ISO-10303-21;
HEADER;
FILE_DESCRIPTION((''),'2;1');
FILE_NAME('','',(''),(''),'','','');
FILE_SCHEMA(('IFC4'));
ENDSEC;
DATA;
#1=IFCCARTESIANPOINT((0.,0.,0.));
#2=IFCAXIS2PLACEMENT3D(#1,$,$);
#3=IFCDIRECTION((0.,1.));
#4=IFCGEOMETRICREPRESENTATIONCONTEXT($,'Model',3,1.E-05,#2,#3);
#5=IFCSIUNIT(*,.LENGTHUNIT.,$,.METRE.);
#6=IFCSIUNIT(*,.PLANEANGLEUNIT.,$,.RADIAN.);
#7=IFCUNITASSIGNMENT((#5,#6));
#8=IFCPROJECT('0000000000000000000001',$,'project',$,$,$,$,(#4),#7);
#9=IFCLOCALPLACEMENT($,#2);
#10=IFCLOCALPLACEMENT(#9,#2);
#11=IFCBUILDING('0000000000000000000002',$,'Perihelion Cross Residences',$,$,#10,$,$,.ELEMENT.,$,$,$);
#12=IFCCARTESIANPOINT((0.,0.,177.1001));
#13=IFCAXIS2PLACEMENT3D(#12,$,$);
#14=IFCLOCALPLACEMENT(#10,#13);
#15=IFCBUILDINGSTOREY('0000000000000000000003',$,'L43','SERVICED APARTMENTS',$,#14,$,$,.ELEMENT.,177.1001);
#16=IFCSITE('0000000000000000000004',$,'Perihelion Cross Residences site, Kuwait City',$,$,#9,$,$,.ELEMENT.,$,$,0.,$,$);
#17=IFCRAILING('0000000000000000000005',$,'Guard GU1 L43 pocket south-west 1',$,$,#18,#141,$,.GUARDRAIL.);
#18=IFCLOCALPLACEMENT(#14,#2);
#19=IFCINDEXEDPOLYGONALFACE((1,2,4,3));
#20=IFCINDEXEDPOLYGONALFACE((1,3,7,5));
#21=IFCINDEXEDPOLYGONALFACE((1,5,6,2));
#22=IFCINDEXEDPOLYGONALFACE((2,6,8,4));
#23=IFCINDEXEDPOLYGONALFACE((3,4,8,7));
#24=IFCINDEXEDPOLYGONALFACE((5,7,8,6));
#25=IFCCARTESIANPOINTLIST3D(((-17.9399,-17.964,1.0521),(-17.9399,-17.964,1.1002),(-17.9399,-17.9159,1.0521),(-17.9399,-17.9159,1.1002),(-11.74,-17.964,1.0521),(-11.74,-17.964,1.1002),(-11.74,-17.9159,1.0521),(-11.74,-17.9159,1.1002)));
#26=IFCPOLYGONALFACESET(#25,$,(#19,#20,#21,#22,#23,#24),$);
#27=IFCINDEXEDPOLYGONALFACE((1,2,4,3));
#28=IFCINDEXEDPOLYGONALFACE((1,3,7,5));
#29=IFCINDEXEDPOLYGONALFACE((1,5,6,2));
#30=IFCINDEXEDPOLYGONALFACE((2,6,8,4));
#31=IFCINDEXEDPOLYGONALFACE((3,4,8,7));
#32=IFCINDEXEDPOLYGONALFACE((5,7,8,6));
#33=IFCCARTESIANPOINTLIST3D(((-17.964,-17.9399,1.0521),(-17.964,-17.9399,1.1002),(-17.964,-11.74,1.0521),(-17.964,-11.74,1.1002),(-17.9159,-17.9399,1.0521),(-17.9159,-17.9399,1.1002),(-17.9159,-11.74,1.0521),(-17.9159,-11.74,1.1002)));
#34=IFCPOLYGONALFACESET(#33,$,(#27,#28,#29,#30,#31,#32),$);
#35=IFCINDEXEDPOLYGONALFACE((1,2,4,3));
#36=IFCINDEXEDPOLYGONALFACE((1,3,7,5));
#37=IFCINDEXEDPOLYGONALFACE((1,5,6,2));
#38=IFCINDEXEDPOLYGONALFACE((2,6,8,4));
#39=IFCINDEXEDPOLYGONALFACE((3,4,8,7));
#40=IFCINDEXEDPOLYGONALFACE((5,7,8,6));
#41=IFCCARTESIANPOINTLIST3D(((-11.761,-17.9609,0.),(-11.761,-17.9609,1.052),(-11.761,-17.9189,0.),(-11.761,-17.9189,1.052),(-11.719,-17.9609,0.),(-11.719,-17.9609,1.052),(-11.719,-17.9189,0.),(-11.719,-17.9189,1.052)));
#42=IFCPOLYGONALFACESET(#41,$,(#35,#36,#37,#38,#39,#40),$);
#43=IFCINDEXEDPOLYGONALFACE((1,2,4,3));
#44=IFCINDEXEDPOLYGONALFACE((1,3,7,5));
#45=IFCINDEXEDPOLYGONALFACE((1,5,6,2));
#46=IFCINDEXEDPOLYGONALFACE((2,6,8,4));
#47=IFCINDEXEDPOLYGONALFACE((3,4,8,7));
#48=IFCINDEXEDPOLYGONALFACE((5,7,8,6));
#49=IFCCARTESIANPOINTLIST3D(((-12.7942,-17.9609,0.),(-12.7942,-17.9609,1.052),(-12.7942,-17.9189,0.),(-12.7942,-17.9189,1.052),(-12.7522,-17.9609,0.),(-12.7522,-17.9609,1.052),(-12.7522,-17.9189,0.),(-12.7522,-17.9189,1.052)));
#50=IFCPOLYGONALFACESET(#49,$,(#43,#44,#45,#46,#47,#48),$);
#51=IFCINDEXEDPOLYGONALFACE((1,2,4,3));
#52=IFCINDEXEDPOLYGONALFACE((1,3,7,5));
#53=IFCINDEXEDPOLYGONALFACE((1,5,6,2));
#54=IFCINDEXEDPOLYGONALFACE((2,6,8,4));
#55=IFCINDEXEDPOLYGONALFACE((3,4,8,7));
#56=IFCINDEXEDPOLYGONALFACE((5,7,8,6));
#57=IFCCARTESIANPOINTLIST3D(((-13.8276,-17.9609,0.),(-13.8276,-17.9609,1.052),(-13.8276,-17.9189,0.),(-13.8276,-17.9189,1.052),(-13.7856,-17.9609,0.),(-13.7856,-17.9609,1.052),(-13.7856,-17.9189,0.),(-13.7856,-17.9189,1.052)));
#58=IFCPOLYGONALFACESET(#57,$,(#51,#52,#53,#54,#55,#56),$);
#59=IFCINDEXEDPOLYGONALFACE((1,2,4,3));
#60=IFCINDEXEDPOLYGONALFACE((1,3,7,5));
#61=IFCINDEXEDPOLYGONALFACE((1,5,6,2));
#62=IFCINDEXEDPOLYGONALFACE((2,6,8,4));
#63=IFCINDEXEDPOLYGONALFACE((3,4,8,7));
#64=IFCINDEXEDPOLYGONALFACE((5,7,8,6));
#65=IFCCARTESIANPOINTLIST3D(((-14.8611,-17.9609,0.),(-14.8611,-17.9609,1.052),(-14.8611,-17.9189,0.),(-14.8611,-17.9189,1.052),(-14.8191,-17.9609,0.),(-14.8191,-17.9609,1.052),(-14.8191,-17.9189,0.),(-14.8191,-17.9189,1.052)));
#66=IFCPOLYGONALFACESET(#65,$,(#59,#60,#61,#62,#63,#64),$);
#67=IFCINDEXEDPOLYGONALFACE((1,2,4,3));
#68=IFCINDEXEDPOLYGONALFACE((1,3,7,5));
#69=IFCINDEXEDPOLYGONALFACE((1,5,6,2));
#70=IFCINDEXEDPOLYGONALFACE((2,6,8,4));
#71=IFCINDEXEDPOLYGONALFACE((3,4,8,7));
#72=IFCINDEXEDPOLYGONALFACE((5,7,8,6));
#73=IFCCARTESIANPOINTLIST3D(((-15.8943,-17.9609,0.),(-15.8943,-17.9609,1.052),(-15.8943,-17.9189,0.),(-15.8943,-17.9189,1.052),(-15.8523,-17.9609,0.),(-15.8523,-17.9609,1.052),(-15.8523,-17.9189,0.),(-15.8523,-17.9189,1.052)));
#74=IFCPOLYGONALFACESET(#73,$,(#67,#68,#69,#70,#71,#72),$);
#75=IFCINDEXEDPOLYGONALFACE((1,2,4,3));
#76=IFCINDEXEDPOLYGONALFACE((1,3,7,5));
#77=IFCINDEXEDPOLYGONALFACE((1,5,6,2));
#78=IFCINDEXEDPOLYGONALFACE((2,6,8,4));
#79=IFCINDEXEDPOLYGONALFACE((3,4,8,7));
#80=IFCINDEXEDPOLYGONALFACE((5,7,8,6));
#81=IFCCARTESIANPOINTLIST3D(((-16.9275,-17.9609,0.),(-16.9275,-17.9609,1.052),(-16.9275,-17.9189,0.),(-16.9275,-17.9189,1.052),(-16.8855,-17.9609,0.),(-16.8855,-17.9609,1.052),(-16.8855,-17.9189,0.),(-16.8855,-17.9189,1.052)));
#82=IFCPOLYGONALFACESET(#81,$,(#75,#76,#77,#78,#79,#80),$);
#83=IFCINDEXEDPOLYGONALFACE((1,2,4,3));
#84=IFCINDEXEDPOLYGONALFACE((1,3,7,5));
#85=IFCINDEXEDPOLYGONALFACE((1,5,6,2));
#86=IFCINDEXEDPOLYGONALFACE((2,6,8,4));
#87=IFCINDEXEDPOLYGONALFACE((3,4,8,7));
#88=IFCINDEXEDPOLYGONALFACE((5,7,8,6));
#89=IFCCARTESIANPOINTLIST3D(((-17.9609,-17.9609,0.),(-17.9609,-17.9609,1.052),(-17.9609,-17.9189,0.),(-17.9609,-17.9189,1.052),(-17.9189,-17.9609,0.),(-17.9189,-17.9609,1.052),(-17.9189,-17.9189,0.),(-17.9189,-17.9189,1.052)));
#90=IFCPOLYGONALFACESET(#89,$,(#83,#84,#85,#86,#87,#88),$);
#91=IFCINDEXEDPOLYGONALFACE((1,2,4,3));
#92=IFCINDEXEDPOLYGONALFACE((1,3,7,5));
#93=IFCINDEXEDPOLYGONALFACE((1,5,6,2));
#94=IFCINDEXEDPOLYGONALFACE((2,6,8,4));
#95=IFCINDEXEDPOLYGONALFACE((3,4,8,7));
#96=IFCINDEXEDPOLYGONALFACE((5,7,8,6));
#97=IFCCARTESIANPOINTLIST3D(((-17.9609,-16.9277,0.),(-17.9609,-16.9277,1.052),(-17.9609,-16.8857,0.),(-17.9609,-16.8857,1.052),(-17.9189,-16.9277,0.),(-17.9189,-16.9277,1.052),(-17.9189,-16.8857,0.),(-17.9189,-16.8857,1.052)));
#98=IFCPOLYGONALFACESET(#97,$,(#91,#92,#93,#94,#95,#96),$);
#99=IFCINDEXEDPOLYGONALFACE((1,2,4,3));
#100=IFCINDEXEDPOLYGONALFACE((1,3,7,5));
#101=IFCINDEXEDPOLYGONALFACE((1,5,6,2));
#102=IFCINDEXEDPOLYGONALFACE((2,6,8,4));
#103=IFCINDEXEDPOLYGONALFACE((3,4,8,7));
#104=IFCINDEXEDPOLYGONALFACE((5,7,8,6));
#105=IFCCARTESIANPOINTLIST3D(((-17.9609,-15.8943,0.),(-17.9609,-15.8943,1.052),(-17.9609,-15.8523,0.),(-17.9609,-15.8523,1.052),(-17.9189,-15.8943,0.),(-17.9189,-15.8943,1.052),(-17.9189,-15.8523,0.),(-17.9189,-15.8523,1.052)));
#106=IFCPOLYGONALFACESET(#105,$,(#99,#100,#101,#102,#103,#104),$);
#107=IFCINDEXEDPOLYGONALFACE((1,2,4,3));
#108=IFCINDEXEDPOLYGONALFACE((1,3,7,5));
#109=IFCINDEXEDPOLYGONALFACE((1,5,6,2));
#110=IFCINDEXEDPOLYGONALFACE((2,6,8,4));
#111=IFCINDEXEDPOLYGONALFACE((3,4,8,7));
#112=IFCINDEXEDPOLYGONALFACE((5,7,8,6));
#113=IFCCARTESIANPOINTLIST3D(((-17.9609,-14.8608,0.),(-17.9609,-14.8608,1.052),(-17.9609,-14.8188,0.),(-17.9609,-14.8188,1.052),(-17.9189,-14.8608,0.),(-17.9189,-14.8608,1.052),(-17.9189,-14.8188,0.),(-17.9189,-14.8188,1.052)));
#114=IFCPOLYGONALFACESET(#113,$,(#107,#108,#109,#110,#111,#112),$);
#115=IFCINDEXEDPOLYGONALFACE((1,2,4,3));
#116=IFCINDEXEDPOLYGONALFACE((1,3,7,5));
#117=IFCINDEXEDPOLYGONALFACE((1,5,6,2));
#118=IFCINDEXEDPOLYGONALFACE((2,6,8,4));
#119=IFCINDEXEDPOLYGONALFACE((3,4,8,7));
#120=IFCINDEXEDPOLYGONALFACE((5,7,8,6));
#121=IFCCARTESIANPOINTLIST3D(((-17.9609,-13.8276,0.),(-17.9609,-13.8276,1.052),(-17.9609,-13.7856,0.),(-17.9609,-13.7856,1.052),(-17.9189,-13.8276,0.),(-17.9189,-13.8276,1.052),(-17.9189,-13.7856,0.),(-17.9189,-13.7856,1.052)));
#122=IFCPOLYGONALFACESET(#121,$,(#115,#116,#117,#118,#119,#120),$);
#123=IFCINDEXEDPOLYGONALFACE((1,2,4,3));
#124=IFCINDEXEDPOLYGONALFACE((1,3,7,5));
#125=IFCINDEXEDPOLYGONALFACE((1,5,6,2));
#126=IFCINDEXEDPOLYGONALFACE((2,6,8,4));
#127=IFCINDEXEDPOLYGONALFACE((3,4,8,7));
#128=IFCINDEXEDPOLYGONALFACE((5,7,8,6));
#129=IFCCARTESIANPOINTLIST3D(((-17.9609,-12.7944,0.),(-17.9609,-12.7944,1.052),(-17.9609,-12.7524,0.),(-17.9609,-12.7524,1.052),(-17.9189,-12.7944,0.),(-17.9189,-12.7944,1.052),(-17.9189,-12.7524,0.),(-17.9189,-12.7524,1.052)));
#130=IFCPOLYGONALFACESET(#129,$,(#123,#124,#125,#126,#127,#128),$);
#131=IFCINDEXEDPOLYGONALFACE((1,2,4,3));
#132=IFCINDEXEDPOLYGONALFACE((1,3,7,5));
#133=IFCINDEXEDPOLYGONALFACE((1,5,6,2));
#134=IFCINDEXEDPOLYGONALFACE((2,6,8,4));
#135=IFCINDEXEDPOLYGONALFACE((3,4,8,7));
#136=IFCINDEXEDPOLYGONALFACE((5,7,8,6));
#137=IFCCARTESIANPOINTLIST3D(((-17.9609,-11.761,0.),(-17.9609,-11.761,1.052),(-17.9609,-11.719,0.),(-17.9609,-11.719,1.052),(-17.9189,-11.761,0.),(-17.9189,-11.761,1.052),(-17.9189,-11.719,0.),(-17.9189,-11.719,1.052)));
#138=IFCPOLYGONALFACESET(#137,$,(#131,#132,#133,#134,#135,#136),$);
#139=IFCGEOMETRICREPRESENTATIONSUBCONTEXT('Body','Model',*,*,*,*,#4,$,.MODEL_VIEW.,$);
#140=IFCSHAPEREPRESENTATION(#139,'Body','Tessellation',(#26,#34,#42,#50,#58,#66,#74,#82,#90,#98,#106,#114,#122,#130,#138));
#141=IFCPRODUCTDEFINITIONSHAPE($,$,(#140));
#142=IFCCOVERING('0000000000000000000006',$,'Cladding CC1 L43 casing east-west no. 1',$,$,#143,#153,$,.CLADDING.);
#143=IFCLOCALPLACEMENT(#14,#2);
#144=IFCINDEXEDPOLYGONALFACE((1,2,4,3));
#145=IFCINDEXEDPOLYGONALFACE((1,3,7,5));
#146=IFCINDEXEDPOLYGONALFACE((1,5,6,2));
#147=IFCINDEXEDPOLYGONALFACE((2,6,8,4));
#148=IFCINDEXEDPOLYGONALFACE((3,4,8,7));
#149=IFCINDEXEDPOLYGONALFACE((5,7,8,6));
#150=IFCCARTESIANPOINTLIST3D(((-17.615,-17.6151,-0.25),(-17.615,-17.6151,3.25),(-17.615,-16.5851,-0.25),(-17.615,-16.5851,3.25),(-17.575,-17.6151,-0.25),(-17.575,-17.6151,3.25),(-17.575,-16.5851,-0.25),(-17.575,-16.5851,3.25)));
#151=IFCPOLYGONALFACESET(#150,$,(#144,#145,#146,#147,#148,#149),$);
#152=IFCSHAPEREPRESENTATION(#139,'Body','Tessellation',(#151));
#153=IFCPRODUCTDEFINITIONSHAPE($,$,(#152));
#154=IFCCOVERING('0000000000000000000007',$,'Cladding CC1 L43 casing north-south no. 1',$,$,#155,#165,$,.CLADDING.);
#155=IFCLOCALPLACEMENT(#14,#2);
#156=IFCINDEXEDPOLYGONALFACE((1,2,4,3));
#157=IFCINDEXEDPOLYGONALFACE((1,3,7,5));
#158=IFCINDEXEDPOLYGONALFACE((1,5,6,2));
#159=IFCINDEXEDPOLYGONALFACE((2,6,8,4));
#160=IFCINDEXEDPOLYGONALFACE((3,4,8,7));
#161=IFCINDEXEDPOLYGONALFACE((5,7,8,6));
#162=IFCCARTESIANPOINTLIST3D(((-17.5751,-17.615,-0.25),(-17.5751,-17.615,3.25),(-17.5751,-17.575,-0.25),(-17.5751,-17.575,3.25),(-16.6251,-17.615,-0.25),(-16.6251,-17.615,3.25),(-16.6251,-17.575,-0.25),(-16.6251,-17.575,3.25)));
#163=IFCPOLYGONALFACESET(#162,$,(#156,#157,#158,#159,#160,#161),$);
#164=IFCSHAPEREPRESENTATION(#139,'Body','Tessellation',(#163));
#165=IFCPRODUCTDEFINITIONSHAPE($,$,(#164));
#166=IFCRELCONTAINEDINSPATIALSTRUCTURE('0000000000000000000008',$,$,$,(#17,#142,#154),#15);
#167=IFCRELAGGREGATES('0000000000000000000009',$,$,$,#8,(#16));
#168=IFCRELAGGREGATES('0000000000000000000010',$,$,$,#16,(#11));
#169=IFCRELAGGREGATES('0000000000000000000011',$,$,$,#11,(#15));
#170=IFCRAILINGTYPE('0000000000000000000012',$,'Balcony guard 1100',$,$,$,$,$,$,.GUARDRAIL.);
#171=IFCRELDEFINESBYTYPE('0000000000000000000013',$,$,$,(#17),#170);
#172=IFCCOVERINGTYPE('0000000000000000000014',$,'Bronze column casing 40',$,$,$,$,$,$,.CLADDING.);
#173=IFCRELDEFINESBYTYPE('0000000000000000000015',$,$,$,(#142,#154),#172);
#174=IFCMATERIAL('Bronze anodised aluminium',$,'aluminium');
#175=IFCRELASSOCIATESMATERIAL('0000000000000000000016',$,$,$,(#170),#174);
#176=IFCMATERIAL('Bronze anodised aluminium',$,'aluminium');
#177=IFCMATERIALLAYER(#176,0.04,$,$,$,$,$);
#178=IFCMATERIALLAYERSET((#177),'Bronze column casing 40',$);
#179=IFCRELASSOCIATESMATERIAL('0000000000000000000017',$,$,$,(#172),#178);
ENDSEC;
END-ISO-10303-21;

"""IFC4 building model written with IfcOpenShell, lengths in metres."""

from ifc_helpers import new_model, si_unit, direction, frame, origin, origin_2d, place, context, subcontext, project, spatial, rectangle, extrude, material, layer, layer_set, type_object, element, save


model = new_model("IFC4")

# Units and contexts
model_context = context("Model", 3, precision=1e-05, world=origin(), true_north=direction((0.0, 1.0)))
body_context = subcontext(model_context, "Body", "Model", "MODEL_VIEW")
ifc_project = project(units=[si_unit("LENGTHUNIT", "METRE"), si_unit("PLANEANGLEUNIT", "RADIAN")], contexts=[model_context])

# Site, building, storey
site_placement = place(None, origin())
site = spatial("IfcSite", under=ifc_project, at=site_placement, Name="Perihelion Cross Residences site, Kuwait City", CompositionType="ELEMENT", RefElevation=0.0)
building_placement = place(site_placement, origin())
building = spatial("IfcBuilding", under=site, at=building_placement, Name="Perihelion Cross Residences", CompositionType="ELEMENT")
storey_placement = place(building_placement, frame((0.0, 0.0, 177.1001)))
storey = spatial("IfcBuildingStorey", under=building, at=storey_placement, Name="L43", Description="SERVICED APARTMENTS", CompositionType="ELEMENT", Elevation=177.1001)

# Railing
ifc_material_1 = material(Name="Bronze anodised aluminium", Category="aluminium")
railing_type = type_object("IfcRailingType", Name="Balcony guard 1100", PredefinedType="GUARDRAIL", material=ifc_material_1)
railing_placement = place(storey_placement, frame((-11.74, -17.9399, 0.0)))
element("IfcRailing", 1, at=railing_placement, inside=storey, type_object=railing_type, Name="Guard GU1 L43 pocket south-west 1", PredefinedType="GUARDRAIL", context=body_context, shape_type="SweptSolid", body=[
    extrude(rectangle(XDim=0.0481, YDim=0.0481, at=origin_2d()), frame((0.0, 0.0, 1.0762), z_axis=(-1.0, 0.0, 0.0), x_axis=(0.0, -1.0, 0.0)), (0.0, 0.0, 1.0), 6.2),
    extrude(rectangle(XDim=0.0481, YDim=0.0481, at=origin_2d()), frame((-6.2, 0.0, 1.0762), z_axis=(0.0, 1.0, 0.0), x_axis=(-1.0, 0.0, 0.0)), (0.0, 0.0, 1.0), 6.2),
    extrude(rectangle(XDim=0.042, YDim=0.042, at=origin_2d()), origin(), (0.0, 0.0, 1.0), 1.052),
    extrude(rectangle(XDim=0.042, YDim=0.042, at=origin_2d()), frame((-1.0332, 0.0, 0.0)), (0.0, 0.0, 1.0), 1.052),
    extrude(rectangle(XDim=0.042, YDim=0.042, at=origin_2d()), frame((-2.0667, 0.0, 0.0)), (0.0, 0.0, 1.0), 1.052),
    extrude(rectangle(XDim=0.042, YDim=0.042, at=origin_2d()), frame((-3.1001, 0.0, 0.0)), (0.0, 0.0, 1.0), 1.052),
    extrude(rectangle(XDim=0.042, YDim=0.042, at=origin_2d()), frame((-4.1333, 0.0, 0.0)), (0.0, 0.0, 1.0), 1.052),
    extrude(rectangle(XDim=0.042, YDim=0.042, at=origin_2d()), frame((-5.1665, 0.0, 0.0)), (0.0, 0.0, 1.0), 1.052),
    extrude(rectangle(XDim=0.042, YDim=0.042, at=origin_2d()), frame((-6.2, 0.0, 0.0)), (0.0, 0.0, 1.0), 1.052),
    extrude(rectangle(XDim=0.042, YDim=0.042, at=origin_2d()), frame((-6.2, 1.0332, 0.0)), (0.0, 0.0, 1.0), 1.052),
    extrude(rectangle(XDim=0.042, YDim=0.042, at=origin_2d()), frame((-6.2, 2.0667, 0.0)), (0.0, 0.0, 1.0), 1.052),
    extrude(rectangle(XDim=0.042, YDim=0.042, at=origin_2d()), frame((-6.2, 3.1001, 0.0)), (0.0, 0.0, 1.0), 1.052),
    extrude(rectangle(XDim=0.042, YDim=0.042, at=origin_2d()), frame((-6.2, 4.1333, 0.0)), (0.0, 0.0, 1.0), 1.052),
    extrude(rectangle(XDim=0.042, YDim=0.042, at=origin_2d()), frame((-6.2, 5.1665, 0.0)), (0.0, 0.0, 1.0), 1.052),
    extrude(rectangle(XDim=0.042, YDim=0.042, at=origin_2d()), frame((-6.2, 6.2, 0.0)), (0.0, 0.0, 1.0), 1.052),
])

# Coverings
ifc_material_2 = material(Name="Bronze anodised aluminium", Category="aluminium")
ifc_layer_1 = layer(ifc_material_2, 0.04)
ifc_layer_set_1 = layer_set([ifc_layer_1], Name="Bronze column casing 40")
covering_type = type_object("IfcCoveringType", Name="Bronze column casing 40", PredefinedType="CLADDING", material=ifc_layer_set_1)
covering_1_placement = place(storey_placement, frame((-17.595, -17.1001, -0.25), z_axis=(0.0, 0.0, 1.0), x_axis=(1.0, 0.0, 0.0)))
element("IfcCovering", 2, at=covering_1_placement, inside=storey, type_object=covering_type, Name="Cladding CC1 L43 casing east-west no. 1", PredefinedType="CLADDING", context=body_context, shape_type="SweptSolid", body=[
    extrude(rectangle(XDim=0.04, YDim=1.03, at=origin_2d()), origin(), (0.0, 0.0, 1.0), 3.5),
])
covering_2_placement = place(storey_placement, frame((-17.1001, -17.595, -0.25), z_axis=(0.0, 0.0, 1.0), x_axis=(1.0, 0.0, 0.0)))
element("IfcCovering", 3, at=covering_2_placement, inside=storey, type_object=covering_type, Name="Cladding CC1 L43 casing north-south no. 1", PredefinedType="CLADDING", context=body_context, shape_type="SweptSolid", body=[
    extrude(rectangle(XDim=0.95, YDim=0.04, at=origin_2d()), origin(), (0.0, 0.0, 1.0), 3.5),
])

save(model, "model.ifc")
